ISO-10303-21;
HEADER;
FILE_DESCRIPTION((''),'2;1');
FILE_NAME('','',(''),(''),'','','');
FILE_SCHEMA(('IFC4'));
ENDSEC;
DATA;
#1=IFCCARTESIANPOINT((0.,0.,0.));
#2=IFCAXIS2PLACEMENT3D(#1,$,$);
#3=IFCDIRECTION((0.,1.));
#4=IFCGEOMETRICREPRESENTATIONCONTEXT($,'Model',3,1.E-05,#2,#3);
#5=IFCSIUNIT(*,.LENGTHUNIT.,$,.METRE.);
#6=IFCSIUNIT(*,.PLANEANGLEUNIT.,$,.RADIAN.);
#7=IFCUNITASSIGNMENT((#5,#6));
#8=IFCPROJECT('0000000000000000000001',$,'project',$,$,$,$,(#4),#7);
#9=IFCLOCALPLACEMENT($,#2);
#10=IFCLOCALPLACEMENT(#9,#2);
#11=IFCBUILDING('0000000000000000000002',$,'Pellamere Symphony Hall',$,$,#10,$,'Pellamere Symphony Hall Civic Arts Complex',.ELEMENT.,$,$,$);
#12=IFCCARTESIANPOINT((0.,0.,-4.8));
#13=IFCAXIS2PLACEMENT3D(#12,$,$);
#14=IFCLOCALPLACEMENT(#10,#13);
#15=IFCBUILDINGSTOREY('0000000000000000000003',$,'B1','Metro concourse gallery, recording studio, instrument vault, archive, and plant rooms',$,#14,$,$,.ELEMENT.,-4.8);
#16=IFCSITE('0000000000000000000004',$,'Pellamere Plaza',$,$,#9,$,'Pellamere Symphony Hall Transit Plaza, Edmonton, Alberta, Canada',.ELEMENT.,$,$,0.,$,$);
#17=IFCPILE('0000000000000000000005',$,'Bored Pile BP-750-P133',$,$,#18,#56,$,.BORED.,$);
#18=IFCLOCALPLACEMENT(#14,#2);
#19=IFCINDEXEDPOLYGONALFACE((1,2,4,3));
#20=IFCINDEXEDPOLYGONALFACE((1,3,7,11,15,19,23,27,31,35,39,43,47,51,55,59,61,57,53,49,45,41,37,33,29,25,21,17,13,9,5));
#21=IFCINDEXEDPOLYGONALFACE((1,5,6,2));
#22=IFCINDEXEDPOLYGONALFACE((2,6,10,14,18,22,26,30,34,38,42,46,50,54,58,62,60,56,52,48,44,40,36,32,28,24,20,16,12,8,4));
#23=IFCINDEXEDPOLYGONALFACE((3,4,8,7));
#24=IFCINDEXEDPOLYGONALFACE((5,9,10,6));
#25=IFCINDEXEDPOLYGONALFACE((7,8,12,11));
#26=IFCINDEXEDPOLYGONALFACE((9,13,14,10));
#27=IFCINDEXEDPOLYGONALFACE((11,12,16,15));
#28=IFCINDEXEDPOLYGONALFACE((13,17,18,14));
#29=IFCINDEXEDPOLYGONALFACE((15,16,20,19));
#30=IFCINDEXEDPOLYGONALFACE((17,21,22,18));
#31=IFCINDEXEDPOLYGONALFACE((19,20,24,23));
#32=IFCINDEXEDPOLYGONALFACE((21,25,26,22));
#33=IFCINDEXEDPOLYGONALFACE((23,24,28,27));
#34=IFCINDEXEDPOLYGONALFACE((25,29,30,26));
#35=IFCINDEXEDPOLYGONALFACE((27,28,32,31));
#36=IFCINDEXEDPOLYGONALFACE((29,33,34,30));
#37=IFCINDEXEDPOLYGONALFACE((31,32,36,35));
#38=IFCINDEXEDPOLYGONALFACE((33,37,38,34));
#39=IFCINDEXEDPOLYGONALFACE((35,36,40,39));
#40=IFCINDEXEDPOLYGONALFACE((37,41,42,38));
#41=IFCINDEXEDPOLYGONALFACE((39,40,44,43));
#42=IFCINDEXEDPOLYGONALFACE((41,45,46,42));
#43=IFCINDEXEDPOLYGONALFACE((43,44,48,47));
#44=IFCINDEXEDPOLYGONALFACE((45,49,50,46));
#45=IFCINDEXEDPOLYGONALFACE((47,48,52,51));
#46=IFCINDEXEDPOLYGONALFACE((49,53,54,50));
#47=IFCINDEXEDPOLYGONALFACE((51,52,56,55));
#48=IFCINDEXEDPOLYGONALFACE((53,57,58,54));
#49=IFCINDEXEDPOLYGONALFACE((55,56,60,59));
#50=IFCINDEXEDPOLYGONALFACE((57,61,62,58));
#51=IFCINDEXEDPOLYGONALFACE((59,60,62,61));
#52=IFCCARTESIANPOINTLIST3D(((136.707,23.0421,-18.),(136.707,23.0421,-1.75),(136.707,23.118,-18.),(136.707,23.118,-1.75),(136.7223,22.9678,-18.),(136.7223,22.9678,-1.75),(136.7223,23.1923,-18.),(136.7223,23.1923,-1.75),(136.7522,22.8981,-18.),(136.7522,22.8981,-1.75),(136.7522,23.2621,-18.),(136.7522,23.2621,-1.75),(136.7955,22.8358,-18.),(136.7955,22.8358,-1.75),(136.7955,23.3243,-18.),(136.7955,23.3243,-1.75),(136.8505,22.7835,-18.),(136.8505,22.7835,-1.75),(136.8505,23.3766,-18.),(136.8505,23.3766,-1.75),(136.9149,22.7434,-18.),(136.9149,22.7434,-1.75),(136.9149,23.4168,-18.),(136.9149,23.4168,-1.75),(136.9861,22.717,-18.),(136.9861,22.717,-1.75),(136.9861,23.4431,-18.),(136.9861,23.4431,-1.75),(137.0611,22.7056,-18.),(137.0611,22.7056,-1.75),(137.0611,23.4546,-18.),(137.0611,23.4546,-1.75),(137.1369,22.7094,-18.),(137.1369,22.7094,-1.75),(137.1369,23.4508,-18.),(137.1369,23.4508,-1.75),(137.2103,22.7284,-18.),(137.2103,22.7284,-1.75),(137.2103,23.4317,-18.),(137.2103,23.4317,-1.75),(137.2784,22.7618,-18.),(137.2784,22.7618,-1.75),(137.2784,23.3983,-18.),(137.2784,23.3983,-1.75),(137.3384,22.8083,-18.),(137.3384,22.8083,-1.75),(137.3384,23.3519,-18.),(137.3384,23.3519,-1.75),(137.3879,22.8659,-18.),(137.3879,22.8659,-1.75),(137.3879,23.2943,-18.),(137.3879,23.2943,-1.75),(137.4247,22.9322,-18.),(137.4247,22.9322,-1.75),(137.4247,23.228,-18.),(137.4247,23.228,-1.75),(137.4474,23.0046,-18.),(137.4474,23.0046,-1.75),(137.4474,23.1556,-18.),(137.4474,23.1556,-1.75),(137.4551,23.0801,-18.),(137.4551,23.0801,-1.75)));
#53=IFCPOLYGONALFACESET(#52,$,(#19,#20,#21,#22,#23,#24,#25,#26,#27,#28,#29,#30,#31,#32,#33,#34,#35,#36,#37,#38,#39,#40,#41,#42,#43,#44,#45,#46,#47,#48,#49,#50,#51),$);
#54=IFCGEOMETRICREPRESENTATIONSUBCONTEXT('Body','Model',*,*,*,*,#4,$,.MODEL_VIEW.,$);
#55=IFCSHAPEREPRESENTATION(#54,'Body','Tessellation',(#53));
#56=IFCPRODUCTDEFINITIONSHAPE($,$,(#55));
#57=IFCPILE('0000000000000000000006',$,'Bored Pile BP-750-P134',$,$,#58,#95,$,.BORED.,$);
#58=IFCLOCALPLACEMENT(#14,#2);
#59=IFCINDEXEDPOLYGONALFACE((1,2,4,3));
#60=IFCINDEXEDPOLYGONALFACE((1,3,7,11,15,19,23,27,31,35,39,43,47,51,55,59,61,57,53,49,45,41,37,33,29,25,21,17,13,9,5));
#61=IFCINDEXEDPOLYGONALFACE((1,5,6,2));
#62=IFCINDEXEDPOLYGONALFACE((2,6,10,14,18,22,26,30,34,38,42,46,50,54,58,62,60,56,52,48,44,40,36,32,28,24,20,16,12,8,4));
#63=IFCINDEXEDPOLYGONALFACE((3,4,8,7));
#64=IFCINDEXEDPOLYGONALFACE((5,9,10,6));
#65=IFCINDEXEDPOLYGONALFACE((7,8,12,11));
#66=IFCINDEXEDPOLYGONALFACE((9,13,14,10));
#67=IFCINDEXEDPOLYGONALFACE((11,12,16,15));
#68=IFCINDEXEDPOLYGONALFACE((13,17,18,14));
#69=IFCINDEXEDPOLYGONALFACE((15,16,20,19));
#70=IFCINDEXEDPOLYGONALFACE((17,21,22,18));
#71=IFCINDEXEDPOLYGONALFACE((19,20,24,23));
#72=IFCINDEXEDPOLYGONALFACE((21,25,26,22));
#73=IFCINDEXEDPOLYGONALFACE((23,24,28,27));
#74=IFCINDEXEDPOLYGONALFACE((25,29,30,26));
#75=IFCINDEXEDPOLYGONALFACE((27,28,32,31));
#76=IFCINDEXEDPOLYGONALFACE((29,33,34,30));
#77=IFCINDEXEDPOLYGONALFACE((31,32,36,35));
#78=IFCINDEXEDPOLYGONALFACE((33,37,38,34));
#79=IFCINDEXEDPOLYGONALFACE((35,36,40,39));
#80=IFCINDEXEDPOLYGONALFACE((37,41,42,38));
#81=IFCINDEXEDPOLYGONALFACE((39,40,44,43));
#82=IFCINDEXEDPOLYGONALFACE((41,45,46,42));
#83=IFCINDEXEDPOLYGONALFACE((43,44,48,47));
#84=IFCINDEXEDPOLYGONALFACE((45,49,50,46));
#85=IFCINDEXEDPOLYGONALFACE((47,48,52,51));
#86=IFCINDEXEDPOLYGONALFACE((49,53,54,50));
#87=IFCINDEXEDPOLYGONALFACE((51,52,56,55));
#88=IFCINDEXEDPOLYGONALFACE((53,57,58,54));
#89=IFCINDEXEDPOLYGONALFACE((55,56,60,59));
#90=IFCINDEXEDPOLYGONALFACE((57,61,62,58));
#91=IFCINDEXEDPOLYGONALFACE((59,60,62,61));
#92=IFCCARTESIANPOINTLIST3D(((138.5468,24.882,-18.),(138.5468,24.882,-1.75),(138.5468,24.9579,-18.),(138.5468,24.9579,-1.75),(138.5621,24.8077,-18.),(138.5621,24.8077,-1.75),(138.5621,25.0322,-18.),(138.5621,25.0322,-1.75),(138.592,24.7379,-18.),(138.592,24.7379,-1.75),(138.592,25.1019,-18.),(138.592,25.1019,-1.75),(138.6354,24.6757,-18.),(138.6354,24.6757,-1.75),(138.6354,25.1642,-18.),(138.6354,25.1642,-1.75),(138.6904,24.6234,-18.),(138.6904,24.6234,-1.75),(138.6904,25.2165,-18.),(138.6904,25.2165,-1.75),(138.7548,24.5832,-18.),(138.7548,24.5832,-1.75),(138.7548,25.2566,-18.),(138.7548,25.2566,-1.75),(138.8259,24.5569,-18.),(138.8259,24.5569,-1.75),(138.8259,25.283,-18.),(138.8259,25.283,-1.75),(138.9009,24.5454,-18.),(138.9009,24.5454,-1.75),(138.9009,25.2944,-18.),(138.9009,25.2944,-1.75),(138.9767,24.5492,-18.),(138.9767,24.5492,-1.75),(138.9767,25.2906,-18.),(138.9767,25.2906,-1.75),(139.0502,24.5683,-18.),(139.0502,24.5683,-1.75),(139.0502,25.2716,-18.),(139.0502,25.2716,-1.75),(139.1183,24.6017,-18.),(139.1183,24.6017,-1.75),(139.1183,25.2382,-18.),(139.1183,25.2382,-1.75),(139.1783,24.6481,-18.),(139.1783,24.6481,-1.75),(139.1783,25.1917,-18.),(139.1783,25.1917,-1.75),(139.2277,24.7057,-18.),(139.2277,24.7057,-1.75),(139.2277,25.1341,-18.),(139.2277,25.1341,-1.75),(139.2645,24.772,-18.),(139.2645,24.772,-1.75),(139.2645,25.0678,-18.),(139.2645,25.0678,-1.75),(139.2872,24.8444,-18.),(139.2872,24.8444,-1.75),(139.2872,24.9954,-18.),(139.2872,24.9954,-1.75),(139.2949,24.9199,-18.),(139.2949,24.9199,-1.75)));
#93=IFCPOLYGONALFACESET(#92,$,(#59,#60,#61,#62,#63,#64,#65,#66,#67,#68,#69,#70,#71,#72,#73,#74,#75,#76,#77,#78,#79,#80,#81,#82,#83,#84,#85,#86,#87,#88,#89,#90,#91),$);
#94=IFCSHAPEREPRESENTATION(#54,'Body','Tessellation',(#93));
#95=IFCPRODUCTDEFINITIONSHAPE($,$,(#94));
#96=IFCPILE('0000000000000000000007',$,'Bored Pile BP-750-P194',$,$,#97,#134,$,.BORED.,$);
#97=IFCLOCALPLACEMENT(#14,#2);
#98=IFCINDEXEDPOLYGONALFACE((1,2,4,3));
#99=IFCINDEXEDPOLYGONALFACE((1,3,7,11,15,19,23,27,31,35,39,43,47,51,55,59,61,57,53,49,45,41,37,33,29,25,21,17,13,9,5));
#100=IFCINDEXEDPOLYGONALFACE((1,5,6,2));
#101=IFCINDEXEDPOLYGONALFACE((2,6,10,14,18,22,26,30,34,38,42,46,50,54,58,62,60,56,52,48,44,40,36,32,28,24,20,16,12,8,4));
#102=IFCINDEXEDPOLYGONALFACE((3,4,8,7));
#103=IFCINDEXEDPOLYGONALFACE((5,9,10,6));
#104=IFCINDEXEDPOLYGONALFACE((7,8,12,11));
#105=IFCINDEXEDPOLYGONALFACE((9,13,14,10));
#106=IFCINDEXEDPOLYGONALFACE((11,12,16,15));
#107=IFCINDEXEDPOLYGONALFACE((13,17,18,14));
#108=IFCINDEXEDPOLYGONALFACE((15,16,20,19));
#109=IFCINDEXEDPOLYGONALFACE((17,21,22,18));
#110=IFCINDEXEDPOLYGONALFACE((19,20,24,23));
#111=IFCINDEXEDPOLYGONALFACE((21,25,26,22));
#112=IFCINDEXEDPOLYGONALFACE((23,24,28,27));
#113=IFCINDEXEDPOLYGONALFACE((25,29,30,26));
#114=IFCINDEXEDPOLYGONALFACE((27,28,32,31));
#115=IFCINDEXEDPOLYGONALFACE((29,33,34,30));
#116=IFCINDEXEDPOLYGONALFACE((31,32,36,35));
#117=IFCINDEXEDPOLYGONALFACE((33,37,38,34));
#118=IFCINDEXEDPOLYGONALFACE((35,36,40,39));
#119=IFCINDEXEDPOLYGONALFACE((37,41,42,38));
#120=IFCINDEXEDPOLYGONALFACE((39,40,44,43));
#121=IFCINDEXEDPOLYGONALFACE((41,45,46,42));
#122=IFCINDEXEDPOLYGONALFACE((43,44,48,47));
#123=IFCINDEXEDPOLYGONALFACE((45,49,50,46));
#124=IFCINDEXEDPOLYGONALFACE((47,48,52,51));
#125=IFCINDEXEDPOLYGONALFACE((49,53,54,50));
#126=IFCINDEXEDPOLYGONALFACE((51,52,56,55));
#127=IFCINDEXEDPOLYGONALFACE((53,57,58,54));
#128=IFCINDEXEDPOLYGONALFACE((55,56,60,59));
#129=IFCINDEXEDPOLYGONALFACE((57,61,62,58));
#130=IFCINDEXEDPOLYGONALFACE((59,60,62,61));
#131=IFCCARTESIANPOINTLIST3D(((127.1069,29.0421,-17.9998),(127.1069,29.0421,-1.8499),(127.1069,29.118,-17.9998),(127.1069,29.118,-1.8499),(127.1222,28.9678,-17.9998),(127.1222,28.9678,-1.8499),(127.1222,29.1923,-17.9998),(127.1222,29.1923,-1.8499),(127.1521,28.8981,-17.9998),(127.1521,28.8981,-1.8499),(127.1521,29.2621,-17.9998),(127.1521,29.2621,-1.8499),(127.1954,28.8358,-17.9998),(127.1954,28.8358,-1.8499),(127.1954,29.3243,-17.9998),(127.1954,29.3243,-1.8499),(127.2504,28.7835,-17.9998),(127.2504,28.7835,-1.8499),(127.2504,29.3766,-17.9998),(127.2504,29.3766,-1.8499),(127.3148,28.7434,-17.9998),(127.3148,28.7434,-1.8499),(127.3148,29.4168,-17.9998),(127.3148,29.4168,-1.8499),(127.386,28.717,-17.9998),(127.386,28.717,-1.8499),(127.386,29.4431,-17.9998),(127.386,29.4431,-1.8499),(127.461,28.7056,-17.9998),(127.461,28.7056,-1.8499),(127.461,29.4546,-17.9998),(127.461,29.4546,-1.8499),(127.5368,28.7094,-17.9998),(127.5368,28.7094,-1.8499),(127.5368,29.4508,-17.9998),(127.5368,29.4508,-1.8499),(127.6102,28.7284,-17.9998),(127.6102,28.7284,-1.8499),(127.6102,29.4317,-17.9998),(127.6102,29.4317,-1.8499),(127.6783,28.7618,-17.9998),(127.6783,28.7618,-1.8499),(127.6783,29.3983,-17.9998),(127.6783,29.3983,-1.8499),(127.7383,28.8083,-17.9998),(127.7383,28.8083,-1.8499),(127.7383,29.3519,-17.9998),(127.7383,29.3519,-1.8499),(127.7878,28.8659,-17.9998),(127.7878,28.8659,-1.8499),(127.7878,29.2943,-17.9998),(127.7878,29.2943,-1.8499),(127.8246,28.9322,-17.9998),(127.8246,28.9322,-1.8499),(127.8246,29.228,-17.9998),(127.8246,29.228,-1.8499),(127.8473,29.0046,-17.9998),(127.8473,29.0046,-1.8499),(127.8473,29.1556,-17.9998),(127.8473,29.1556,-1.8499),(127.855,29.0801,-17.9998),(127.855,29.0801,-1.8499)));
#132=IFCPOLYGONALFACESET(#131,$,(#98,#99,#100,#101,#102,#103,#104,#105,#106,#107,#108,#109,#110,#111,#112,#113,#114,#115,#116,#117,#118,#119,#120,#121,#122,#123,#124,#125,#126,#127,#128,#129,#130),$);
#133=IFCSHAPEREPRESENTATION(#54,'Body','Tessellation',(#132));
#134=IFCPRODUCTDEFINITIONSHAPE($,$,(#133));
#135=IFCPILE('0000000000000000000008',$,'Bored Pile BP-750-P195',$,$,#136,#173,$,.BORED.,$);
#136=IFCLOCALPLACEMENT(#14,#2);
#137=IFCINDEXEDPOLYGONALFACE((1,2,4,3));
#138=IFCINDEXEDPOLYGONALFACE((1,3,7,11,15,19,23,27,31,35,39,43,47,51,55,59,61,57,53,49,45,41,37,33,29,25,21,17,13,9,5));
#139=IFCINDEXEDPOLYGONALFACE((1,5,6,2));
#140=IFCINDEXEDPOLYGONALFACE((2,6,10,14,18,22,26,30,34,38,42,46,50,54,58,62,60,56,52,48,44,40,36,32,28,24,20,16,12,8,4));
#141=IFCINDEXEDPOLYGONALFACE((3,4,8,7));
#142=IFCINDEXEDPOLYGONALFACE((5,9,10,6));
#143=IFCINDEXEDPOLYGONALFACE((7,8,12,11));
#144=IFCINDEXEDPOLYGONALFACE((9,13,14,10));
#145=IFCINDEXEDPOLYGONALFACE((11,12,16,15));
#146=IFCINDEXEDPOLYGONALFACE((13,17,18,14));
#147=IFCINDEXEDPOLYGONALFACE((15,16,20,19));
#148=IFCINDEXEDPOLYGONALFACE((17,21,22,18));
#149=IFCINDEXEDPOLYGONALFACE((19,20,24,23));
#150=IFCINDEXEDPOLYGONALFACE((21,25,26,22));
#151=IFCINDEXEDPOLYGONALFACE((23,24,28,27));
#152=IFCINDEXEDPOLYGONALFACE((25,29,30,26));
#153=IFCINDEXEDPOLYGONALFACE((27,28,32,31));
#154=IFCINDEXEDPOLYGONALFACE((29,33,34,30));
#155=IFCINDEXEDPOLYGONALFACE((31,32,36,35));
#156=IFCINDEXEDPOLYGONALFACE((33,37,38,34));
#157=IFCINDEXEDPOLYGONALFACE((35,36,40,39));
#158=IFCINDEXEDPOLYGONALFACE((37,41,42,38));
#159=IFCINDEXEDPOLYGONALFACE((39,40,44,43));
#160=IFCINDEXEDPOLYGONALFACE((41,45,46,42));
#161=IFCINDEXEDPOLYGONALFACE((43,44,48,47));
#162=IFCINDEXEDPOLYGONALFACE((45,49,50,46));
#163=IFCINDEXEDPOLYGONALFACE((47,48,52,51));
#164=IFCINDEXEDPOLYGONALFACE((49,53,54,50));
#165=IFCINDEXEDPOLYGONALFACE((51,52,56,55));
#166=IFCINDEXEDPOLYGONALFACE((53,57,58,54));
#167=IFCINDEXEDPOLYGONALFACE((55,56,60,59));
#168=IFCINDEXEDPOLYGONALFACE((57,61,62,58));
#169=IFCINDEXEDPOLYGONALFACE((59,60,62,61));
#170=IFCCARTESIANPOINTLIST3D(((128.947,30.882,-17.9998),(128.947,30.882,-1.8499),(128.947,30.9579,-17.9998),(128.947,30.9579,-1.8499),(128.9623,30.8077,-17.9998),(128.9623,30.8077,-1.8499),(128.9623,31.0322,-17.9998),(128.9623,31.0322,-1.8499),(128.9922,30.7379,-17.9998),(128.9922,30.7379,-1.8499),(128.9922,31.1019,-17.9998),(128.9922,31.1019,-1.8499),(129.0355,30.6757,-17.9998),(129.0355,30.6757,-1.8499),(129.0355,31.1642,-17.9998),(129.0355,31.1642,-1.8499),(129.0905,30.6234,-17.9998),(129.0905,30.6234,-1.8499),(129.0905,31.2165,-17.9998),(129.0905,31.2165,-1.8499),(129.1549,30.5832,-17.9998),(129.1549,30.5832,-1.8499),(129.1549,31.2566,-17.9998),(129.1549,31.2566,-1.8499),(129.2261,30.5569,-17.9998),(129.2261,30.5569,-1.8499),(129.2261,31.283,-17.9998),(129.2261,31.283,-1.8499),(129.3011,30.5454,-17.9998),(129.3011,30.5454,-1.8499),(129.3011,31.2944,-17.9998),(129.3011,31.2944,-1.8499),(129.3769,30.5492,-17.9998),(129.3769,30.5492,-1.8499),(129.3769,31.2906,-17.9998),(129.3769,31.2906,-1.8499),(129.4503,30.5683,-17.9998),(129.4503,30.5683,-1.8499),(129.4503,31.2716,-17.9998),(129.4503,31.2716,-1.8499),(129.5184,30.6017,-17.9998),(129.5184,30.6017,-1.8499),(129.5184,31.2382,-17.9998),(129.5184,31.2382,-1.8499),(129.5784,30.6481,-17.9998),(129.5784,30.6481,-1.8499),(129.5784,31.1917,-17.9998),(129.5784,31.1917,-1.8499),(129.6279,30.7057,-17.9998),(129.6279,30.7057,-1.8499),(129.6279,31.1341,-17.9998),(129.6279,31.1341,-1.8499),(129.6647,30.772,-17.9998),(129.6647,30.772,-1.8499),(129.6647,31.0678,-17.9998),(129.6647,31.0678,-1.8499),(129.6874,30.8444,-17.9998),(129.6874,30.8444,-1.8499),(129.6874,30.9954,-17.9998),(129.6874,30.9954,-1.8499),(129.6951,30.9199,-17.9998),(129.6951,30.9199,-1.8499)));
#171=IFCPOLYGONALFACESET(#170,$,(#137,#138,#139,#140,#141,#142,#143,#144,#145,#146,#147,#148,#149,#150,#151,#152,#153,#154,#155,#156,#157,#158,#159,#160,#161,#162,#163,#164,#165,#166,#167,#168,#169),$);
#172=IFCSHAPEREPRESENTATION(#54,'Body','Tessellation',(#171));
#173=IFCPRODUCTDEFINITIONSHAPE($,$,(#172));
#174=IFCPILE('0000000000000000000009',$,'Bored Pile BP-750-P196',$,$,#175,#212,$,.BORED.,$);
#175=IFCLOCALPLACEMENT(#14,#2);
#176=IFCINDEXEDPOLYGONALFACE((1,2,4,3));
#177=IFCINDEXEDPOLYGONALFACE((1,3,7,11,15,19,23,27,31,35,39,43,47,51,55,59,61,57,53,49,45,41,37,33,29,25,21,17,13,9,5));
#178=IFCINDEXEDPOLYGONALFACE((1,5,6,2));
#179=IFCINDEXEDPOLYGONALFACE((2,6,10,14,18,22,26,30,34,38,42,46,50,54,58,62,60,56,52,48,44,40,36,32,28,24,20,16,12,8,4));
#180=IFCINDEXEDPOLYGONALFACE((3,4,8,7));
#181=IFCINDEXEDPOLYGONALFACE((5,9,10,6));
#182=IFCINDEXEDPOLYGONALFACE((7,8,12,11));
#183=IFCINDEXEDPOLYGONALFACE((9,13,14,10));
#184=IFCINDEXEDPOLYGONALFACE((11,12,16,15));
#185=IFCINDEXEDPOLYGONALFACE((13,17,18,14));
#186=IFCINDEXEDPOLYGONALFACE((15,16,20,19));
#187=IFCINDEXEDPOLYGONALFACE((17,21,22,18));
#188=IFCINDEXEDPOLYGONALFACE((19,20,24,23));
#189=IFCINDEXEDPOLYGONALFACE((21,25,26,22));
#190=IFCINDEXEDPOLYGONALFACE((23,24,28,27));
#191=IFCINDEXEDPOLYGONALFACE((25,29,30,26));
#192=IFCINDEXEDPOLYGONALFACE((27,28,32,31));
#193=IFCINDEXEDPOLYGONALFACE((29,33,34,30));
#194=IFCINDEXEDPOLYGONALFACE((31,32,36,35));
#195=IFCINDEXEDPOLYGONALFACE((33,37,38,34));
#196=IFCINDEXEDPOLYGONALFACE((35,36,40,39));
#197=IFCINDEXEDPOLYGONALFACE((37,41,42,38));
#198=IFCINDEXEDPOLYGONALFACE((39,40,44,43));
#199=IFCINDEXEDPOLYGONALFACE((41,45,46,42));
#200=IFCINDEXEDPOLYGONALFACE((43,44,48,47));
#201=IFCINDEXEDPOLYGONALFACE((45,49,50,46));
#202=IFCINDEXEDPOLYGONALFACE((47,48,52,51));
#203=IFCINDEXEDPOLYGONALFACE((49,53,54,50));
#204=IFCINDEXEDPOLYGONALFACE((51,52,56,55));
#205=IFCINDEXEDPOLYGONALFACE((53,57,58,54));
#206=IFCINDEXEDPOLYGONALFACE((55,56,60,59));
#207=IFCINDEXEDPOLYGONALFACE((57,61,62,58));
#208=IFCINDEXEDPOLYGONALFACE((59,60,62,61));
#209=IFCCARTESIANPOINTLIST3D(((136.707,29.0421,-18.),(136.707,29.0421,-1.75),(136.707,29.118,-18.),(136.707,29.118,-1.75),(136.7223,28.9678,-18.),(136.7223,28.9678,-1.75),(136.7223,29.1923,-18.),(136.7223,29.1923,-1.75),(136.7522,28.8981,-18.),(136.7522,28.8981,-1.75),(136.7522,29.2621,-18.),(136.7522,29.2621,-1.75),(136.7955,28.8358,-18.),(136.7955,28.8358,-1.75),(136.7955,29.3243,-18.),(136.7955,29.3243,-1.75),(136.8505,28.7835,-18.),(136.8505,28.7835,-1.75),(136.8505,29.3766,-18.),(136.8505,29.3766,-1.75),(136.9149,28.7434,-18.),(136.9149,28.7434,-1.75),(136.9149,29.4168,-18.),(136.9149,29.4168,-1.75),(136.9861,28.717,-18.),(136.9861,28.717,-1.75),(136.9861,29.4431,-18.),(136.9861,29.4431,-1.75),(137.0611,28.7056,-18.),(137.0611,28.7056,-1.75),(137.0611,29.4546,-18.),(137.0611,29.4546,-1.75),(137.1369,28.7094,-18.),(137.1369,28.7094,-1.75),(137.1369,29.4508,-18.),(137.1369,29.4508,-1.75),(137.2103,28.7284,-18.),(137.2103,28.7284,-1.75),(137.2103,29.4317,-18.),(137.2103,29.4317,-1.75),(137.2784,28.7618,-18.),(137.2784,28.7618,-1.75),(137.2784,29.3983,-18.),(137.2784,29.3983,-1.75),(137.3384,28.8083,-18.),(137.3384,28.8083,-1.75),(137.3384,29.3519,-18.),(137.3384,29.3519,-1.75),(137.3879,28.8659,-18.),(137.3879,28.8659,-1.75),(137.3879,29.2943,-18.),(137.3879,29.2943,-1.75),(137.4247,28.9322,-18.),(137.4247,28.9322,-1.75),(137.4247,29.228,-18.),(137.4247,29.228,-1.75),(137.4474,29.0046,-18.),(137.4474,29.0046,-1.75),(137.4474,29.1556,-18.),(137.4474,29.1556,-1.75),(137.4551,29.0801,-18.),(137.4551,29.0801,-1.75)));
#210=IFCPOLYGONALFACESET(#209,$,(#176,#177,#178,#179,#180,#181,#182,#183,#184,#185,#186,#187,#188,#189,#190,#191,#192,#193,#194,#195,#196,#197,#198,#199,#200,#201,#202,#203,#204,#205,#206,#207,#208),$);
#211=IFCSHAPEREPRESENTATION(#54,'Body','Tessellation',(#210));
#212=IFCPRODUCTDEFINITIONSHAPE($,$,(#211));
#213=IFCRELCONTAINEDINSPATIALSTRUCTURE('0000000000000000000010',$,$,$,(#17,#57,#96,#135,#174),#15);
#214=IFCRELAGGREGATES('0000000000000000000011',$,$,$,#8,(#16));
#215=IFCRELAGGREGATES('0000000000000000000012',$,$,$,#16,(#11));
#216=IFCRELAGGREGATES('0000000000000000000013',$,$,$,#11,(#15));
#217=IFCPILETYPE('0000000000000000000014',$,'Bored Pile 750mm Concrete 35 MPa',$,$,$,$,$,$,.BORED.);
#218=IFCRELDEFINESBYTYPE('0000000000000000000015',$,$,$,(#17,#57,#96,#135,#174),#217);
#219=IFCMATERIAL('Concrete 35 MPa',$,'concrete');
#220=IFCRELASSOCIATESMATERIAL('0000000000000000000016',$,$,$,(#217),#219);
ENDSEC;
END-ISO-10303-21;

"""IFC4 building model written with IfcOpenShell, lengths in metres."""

from ifc_helpers import new_model, si_unit, direction, frame, origin, origin_2d, place, context, subcontext, project, spatial, circle, extrude, material, material_profile, profile_set, type_object, element, save


model = new_model("IFC4")

# Units and contexts
model_context = context("Model", 3, precision=1e-05, world=origin(), true_north=direction((0.0, 1.0)))
body_context = subcontext(model_context, "Body", "Model", "MODEL_VIEW")
ifc_project = project(units=[si_unit("LENGTHUNIT", "METRE"), si_unit("PLANEANGLEUNIT", "RADIAN")], contexts=[model_context])

# Site, building, storey
site_placement = place(None, origin())
site = spatial("IfcSite", under=ifc_project, at=site_placement, Name="Pellamere Plaza", LongName="Pellamere Symphony Hall Transit Plaza, Edmonton, Alberta, Canada", CompositionType="ELEMENT", RefElevation=0.0)
building_placement = place(site_placement, origin())
building = spatial("IfcBuilding", under=site, at=building_placement, Name="Pellamere Symphony Hall", LongName="Pellamere Symphony Hall Civic Arts Complex", CompositionType="ELEMENT")
storey_placement = place(building_placement, frame((0.0, 0.0, -4.8)))
storey = spatial("IfcBuildingStorey", under=building, at=storey_placement, Name="B1", Description="Metro concourse gallery, recording studio, instrument vault, archive, and plant rooms", CompositionType="ELEMENT", Elevation=-4.8)

# Piles
ifc_material_1 = material(Name="Concrete 35 MPa", Category="concrete")
ifc_material_profile_1 = material_profile(ifc_material_1, circle(Radius=0.375, at=origin_2d()), Name="PILE D750")
ifc_profile_set_1 = profile_set([ifc_material_profile_1], Name="Concrete 35 MPa")
pile_type_1 = type_object("IfcPileType", Name="Bored Pile 750mm Concrete 35 MPa", PredefinedType="BORED", material=ifc_profile_set_1)
for number, where, z_axis, x_axis, name in (
    (1, (137.0801, 23.0801, -1.75), (0.0, 0.0, -1.0), (1.0, 0.0, 0.0), "Bored Pile BP-750-P133"),
    (2, (138.9199, 24.9199, -1.75), (0.0, 0.0, -1.0), (1.0, 0.0, 0.0), "Bored Pile BP-750-P134"),
):
    element("IfcPile", number, at=place(storey_placement, frame(where, z_axis=z_axis, x_axis=x_axis)), inside=storey, type_object=pile_type_1, Name=name, PredefinedType="BORED", context=body_context, shape_type="SweptSolid", body=[
        extrude(circle(Radius=0.375, at=origin_2d()), origin(), (0.0, 0.0, 1.0), 16.25),
    ])
for number, where, z_axis, x_axis, name in (
    (3, (127.48, 29.0801, -1.8499), (0.0, 0.0, -1.0), (1.0, 0.0, 0.0), "Bored Pile BP-750-P194"),
    (4, (129.3201, 30.9199, -1.8499), (0.0, 0.0, -1.0), (1.0, 0.0, 0.0), "Bored Pile BP-750-P195"),
):
    element("IfcPile", number, at=place(storey_placement, frame(where, z_axis=z_axis, x_axis=x_axis)), inside=storey, type_object=pile_type_1, Name=name, PredefinedType="BORED", context=body_context, shape_type="SweptSolid", body=[
        extrude(circle(Radius=0.375, at=origin_2d()), origin(), (0.0, 0.0, 1.0), 16.1499),
    ])
pile_1_placement = place(storey_placement, frame((137.0801, 29.0801, -1.75), z_axis=(0.0, 0.0, -1.0), x_axis=(1.0, 0.0, 0.0)))
element("IfcPile", 5, at=pile_1_placement, inside=storey, type_object=pile_type_1, Name="Bored Pile BP-750-P196", PredefinedType="BORED", context=body_context, shape_type="SweptSolid", body=[
    extrude(circle(Radius=0.375, at=origin_2d()), origin(), (0.0, 0.0, 1.0), 16.25),
])

save(model, "model.ifc")
